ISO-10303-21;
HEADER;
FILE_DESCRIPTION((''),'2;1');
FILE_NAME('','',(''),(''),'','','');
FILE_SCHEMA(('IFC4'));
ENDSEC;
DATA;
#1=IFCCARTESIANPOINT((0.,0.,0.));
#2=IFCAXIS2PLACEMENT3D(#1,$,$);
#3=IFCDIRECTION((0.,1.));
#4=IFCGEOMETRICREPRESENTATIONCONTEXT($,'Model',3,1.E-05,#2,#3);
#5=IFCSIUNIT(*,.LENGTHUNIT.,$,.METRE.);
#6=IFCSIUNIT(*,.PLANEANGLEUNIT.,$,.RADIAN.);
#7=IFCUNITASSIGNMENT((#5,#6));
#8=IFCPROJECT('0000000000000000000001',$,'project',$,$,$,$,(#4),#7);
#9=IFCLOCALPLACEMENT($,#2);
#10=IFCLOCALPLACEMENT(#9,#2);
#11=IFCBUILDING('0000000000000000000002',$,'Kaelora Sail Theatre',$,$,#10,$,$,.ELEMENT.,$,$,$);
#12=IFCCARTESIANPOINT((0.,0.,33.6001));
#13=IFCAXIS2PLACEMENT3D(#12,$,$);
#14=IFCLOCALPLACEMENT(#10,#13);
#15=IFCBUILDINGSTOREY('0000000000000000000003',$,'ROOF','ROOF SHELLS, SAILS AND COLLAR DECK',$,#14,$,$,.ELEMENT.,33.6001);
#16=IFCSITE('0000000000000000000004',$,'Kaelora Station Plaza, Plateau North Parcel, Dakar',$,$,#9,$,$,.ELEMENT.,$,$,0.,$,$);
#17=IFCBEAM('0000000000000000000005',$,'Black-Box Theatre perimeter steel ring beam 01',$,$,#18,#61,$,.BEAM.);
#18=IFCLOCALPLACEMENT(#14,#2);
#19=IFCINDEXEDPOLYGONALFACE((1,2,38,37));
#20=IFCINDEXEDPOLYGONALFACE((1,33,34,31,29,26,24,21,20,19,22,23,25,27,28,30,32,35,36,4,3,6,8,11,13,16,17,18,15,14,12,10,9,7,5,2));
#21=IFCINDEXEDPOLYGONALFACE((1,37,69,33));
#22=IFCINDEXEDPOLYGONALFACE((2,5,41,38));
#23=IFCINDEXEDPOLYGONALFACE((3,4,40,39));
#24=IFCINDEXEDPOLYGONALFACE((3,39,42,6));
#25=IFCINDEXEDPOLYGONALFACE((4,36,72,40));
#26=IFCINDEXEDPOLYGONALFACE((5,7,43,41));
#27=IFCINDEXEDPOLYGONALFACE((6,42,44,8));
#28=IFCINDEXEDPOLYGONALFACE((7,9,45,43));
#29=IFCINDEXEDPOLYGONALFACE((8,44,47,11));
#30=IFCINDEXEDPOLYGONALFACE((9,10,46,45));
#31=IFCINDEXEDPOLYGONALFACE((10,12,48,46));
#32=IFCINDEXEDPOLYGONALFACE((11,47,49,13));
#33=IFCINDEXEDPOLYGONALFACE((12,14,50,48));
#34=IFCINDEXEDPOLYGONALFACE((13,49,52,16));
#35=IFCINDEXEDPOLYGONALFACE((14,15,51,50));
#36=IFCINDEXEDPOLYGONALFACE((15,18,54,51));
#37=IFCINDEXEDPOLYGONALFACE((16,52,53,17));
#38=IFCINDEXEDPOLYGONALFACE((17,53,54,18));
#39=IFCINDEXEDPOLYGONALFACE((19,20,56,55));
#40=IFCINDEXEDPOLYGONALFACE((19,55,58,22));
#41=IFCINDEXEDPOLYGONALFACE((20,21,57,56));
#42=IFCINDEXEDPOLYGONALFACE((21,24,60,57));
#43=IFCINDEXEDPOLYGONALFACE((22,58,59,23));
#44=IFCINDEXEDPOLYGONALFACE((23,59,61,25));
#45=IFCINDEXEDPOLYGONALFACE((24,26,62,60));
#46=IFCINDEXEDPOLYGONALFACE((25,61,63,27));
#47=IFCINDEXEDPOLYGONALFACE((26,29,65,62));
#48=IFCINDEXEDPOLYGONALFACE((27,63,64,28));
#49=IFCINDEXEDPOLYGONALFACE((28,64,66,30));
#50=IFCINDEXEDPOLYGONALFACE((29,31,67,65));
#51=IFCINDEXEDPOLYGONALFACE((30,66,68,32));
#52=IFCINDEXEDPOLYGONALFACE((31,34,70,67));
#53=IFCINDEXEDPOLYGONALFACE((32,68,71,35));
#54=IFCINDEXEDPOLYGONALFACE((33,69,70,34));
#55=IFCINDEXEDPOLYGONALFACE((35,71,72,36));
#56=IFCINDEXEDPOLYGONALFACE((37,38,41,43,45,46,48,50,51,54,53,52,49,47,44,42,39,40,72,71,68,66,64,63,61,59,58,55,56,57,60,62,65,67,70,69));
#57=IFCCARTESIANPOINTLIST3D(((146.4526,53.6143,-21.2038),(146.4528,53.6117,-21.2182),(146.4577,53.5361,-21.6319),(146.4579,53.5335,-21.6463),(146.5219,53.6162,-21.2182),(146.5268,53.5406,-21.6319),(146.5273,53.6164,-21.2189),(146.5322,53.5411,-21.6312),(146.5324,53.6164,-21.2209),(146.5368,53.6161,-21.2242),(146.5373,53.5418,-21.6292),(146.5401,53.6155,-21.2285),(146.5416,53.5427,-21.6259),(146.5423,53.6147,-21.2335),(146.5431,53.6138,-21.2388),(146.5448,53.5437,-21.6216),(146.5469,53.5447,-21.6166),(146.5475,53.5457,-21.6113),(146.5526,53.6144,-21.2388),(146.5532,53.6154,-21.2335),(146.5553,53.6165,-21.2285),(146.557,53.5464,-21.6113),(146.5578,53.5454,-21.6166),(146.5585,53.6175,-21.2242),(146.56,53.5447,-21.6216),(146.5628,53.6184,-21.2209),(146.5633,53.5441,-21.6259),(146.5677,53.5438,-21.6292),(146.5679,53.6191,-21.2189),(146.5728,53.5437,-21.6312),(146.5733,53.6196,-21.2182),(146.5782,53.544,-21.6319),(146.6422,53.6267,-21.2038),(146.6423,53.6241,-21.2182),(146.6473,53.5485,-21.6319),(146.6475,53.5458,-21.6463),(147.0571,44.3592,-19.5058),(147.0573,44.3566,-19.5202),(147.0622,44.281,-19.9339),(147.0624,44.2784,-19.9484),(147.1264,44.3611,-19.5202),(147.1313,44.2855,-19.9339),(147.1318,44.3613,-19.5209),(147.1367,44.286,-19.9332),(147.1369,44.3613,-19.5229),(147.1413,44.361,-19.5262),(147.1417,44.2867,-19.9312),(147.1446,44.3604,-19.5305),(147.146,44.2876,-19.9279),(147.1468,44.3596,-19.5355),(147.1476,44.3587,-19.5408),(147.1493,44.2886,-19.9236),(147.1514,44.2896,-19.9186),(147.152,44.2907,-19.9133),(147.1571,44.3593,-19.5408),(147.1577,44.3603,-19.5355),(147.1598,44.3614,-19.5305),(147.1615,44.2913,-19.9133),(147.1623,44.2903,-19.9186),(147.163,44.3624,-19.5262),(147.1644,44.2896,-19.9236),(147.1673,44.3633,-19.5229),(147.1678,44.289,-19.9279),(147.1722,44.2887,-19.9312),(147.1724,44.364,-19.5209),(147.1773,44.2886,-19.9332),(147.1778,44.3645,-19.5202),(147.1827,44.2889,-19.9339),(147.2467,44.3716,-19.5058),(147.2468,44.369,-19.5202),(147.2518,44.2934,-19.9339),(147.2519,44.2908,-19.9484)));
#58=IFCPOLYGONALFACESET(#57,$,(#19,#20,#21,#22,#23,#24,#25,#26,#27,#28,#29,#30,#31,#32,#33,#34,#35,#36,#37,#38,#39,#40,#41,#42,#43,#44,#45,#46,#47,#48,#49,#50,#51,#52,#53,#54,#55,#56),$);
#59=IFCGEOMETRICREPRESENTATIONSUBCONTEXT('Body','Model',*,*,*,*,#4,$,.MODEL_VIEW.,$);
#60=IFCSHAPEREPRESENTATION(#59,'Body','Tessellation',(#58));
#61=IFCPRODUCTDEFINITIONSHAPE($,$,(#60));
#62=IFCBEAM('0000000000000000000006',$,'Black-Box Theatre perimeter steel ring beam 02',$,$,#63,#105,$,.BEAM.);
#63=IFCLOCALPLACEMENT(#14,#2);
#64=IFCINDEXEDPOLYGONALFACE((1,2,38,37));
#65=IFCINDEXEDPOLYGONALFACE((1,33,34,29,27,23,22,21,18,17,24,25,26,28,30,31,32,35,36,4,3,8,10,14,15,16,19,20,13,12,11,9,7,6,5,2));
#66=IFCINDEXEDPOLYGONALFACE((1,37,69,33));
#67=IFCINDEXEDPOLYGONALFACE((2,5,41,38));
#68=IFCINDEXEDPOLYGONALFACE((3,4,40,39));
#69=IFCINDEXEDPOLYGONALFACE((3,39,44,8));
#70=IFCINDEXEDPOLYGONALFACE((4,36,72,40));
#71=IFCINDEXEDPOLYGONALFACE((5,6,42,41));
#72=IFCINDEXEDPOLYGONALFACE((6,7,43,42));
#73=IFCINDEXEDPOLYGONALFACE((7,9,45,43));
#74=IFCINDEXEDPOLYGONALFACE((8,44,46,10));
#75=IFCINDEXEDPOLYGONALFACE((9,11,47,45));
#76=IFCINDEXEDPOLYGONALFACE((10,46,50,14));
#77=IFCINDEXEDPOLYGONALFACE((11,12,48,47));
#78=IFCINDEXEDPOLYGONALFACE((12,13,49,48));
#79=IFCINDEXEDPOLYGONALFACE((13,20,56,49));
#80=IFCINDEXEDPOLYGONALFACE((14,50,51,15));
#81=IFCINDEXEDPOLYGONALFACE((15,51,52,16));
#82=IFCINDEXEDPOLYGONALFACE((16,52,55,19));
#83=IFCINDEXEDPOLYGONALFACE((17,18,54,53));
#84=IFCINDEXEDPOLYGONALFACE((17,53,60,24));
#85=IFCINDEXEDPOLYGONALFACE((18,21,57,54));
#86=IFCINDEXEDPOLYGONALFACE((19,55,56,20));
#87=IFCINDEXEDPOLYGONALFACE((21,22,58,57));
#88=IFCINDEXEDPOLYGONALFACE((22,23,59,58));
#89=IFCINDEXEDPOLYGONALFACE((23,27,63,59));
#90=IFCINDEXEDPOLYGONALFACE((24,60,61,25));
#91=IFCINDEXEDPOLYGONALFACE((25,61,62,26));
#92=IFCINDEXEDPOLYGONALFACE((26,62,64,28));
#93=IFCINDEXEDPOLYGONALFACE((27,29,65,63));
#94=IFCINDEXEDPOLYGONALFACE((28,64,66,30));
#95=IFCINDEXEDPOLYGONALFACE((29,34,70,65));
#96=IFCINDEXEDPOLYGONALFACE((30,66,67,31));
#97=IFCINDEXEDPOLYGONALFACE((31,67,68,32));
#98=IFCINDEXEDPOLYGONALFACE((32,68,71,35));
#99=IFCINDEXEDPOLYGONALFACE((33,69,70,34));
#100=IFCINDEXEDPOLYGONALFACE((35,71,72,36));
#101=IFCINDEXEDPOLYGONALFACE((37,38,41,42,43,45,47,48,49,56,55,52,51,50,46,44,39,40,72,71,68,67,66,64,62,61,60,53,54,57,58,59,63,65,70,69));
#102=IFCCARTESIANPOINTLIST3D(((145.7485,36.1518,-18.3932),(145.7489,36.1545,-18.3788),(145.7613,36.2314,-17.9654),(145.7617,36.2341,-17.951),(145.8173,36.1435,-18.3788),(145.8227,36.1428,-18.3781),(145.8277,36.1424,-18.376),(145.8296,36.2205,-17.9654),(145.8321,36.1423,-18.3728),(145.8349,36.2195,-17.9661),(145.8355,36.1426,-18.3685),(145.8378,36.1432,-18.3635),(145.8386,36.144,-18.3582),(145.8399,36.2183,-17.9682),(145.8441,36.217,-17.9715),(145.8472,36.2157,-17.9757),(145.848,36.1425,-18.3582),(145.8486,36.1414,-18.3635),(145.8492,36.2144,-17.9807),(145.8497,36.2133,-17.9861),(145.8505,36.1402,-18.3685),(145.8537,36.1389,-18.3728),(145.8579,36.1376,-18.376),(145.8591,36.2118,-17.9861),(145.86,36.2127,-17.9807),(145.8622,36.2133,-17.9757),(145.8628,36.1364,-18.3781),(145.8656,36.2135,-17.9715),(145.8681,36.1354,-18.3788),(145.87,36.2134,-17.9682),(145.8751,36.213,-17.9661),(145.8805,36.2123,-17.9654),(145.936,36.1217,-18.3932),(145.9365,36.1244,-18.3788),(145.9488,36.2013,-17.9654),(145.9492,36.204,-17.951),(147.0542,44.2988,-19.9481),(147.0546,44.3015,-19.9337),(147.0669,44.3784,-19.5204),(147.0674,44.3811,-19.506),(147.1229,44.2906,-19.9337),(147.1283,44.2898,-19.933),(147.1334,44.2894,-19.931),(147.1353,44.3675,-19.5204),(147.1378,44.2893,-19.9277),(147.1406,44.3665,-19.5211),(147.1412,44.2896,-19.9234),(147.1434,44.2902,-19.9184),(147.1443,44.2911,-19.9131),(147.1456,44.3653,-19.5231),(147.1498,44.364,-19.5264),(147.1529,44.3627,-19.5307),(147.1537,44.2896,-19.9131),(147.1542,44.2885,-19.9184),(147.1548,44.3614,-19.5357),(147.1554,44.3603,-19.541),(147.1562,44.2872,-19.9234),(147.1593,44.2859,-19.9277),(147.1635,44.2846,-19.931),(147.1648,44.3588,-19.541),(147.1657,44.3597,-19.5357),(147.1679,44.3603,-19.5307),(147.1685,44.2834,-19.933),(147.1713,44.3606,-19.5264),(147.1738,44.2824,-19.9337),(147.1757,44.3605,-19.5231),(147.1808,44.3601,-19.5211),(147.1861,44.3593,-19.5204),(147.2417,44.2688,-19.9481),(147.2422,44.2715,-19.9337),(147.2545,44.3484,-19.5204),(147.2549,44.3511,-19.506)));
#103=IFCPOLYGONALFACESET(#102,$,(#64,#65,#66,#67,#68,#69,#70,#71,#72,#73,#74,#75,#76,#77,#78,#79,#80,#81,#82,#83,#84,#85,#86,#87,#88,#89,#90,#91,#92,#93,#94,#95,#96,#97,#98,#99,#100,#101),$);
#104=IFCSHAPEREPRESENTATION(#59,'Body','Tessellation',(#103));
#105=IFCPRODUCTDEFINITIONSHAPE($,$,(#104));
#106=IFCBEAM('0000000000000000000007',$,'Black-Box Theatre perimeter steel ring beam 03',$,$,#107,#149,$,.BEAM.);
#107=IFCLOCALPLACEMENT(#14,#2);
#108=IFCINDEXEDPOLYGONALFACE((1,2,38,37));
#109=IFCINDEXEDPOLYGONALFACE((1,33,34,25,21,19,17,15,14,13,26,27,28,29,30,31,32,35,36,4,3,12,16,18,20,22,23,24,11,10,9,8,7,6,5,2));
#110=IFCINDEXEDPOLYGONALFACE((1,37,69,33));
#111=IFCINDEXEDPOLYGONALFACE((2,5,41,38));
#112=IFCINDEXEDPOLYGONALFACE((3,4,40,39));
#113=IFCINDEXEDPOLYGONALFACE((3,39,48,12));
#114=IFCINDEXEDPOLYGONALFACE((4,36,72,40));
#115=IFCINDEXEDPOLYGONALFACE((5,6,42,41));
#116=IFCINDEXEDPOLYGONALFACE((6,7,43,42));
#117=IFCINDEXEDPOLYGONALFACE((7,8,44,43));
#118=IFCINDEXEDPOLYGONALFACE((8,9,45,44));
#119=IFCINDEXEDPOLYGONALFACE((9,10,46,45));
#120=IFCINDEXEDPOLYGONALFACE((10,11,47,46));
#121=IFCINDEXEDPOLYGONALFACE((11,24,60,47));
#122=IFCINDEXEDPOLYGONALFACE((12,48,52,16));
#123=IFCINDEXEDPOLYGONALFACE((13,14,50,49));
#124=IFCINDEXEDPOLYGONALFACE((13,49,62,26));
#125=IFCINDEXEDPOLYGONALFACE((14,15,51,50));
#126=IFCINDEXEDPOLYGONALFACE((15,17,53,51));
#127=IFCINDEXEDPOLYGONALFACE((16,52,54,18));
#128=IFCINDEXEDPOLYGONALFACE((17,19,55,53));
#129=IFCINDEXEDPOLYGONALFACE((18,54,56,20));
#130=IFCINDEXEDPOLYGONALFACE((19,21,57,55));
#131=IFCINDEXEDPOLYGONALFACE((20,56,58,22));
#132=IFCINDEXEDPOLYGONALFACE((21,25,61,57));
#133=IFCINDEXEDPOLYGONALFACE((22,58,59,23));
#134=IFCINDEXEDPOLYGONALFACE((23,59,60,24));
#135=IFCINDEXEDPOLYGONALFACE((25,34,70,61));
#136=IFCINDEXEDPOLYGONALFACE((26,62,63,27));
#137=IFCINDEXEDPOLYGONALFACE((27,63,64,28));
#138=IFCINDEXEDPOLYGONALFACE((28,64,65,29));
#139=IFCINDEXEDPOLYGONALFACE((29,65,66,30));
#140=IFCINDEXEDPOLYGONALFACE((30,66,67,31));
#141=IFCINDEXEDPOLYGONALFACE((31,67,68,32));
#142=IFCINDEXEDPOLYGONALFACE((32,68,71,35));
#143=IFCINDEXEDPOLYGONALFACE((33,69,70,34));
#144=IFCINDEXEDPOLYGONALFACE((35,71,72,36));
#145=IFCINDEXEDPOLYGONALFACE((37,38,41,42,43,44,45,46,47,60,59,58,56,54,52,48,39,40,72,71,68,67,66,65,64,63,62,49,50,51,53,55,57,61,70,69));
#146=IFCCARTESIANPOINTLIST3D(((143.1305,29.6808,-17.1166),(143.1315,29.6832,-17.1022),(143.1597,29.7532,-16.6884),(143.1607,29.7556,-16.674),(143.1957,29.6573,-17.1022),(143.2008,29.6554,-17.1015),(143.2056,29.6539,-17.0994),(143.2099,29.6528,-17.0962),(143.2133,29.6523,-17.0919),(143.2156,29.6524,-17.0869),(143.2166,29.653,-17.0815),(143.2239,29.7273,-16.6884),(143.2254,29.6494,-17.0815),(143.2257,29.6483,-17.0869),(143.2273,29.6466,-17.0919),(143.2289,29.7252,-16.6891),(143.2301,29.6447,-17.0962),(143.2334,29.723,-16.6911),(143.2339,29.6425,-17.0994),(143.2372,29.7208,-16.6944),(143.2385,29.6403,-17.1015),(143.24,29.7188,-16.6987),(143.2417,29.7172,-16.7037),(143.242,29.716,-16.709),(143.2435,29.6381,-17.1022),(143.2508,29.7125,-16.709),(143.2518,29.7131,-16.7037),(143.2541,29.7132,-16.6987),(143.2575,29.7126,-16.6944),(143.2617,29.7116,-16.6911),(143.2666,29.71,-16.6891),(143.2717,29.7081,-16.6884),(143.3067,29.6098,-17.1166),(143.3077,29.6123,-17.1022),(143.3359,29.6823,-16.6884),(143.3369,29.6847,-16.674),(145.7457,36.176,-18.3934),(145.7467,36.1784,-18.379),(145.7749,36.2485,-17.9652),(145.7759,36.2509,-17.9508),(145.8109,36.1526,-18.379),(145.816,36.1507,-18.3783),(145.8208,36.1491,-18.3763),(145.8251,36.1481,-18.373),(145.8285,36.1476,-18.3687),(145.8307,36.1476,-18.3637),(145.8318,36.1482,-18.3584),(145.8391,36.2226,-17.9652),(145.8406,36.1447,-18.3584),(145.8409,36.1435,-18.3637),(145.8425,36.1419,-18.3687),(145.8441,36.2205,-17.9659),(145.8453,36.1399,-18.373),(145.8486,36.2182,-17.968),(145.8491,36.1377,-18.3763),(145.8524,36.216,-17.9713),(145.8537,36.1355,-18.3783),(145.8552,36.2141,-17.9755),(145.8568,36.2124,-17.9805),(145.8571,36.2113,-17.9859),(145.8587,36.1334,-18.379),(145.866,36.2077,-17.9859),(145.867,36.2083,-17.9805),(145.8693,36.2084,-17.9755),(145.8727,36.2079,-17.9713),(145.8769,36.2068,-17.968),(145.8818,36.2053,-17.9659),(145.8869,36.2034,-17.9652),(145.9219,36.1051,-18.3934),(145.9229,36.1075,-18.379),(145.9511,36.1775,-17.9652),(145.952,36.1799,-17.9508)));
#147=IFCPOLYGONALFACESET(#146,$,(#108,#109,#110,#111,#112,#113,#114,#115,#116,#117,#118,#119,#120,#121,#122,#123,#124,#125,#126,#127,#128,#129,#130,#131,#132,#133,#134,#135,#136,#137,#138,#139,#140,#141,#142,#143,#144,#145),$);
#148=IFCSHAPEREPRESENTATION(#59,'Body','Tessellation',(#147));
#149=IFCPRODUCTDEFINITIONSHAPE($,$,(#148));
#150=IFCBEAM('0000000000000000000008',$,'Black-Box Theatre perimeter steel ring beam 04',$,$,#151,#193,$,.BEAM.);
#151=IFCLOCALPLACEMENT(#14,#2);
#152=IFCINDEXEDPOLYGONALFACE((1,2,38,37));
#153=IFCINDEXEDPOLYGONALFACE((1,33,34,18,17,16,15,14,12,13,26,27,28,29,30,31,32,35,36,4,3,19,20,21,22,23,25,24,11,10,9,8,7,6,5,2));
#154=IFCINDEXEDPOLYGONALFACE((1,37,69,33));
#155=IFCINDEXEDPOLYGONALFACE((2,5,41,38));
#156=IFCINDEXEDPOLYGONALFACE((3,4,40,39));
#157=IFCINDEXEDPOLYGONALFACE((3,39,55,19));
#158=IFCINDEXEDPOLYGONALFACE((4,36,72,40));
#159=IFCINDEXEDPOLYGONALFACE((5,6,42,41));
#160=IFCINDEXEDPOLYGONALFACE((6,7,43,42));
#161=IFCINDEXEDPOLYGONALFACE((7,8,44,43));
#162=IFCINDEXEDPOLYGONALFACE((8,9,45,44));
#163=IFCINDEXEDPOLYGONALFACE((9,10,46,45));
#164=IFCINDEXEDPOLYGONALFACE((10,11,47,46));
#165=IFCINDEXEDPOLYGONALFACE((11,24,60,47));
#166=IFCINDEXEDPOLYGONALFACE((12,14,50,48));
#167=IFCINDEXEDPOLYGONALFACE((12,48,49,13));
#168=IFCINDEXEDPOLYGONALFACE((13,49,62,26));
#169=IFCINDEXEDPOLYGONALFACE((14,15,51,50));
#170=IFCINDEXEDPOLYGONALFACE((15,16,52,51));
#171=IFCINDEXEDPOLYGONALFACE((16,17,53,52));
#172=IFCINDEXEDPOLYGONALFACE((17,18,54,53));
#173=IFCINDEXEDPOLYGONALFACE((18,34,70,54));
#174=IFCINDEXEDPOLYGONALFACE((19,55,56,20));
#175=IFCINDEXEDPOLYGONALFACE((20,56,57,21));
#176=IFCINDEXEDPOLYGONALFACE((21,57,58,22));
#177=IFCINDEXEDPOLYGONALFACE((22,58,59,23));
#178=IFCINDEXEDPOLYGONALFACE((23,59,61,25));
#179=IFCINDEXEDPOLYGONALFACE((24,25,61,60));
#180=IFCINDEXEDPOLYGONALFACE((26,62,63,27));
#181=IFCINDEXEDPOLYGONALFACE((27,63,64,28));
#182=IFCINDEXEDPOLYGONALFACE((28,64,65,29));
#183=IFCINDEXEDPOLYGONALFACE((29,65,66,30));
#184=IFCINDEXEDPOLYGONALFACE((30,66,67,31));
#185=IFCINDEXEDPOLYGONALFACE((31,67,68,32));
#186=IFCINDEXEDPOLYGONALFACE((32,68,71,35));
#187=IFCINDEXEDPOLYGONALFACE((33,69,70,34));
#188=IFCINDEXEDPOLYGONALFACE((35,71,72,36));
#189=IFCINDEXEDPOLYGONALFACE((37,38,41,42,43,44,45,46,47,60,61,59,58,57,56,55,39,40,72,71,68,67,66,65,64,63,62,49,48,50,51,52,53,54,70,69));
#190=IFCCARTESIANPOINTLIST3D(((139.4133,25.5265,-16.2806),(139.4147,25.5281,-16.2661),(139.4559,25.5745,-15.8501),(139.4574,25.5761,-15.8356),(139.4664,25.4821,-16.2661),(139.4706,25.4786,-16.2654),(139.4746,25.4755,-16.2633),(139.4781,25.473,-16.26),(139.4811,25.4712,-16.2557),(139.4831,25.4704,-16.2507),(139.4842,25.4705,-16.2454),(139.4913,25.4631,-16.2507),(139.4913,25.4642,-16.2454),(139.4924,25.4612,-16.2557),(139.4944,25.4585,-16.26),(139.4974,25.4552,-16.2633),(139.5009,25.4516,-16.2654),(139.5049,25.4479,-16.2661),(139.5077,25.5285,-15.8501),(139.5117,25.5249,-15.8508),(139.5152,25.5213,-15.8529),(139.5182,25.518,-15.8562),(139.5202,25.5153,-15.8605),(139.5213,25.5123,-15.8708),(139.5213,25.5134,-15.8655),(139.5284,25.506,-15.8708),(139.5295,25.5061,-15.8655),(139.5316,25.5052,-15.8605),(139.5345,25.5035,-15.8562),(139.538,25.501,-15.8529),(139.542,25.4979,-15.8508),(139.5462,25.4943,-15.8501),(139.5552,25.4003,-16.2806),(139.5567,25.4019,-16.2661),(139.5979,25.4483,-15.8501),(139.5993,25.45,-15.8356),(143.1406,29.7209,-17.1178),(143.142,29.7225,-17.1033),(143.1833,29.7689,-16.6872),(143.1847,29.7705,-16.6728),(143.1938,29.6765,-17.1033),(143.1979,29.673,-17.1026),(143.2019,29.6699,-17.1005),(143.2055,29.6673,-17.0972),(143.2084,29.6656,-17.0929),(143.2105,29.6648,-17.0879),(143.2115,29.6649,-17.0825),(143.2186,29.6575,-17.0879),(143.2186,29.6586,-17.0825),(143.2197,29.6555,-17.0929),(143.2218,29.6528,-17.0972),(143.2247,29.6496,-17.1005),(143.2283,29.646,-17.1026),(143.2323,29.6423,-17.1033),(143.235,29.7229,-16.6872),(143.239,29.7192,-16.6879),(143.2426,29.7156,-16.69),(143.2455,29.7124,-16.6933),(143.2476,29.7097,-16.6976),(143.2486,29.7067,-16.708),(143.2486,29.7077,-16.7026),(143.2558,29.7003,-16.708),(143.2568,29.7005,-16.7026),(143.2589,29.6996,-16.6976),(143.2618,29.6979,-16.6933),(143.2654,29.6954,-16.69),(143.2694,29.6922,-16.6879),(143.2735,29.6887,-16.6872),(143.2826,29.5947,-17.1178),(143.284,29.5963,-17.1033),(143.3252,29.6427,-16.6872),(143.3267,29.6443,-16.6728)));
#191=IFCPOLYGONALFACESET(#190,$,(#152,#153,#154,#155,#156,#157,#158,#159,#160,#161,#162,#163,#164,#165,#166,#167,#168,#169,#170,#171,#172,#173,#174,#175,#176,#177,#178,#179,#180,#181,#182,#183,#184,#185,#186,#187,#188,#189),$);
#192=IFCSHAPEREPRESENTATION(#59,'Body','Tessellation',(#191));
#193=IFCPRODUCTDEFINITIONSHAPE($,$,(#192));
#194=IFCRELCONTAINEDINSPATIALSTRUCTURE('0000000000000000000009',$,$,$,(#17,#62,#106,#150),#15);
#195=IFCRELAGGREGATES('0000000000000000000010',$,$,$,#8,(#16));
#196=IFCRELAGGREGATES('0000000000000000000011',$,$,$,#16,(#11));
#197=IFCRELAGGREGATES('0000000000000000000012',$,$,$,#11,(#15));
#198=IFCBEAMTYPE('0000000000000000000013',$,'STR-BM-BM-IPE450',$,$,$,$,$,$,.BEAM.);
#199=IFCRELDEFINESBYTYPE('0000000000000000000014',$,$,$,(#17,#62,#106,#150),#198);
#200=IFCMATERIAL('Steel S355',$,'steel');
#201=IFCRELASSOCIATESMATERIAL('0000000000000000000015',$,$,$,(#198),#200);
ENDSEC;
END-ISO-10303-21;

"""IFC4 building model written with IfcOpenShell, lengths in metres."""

from ifc_helpers import new_model, si_unit, direction, frame, origin, origin_2d, place, context, subcontext, project, spatial, i_section, extrude, material, material_profile, profile_set, type_object, element, save


model = new_model("IFC4")

# Units and contexts
model_context = context("Model", 3, precision=1e-05, world=origin(), true_north=direction((0.0, 1.0)))
body_context = subcontext(model_context, "Body", "Model", "MODEL_VIEW")
ifc_project = project(units=[si_unit("LENGTHUNIT", "METRE"), si_unit("PLANEANGLEUNIT", "RADIAN")], contexts=[model_context])

# Site, building, storey
site_placement = place(None, origin())
site = spatial("IfcSite", under=ifc_project, at=site_placement, Name="Kaelora Station Plaza, Plateau North Parcel, Dakar", CompositionType="ELEMENT", RefElevation=0.0)
building_placement = place(site_placement, origin())
building = spatial("IfcBuilding", under=site, at=building_placement, Name="Kaelora Sail Theatre", CompositionType="ELEMENT")
storey_placement = place(building_placement, frame((0.0, 0.0, 33.6001)))
storey = spatial("IfcBuildingStorey", under=building, at=storey_placement, Name="ROOF", Description="ROOF SHELLS, SAILS AND COLLAR DECK", CompositionType="ELEMENT", Elevation=33.6001)

# Beams
ifc_material_1 = material(Name="Steel S355", Category="steel")
ifc_material_profile_1 = material_profile(ifc_material_1, i_section(OverallWidth=0.1899, OverallDepth=0.45, WebThickness=0.0095, FlangeThickness=0.0146, FilletRadius=0.021, at=origin_2d()), Name="IPE 450")
ifc_profile_set_1 = profile_set([ifc_material_profile_1], Name="Steel S355")
beam_type_1 = type_object("IfcBeamType", Name="STR-BM-BM-IPE450", PredefinedType="BEAM", material=ifc_profile_set_1)
beam_1_placement = place(storey_placement, frame((146.55, 53.5801, -21.425), z_axis=(0.06411, -0.98156, 0.180083), x_axis=(0.997874, 0.065175, 0.0)))
element("IfcBeam", 1, at=beam_1_placement, inside=storey, type_object=beam_type_1, Name="Black-Box Theatre perimeter steel ring beam 01", PredefinedType="BEAM", context=body_context, shape_type="SweptSolid", body=[
    extrude(i_section(OverallWidth=0.1899, OverallDepth=0.45, WebThickness=0.0095, FlangeThickness=0.0146, FilletRadius=0.021, at=origin_2d()), origin(), (0.0, 0.0, 1.0), 9.429),
])
beam_2_placement = place(storey_placement, frame((147.1545, 44.325, -19.7271), z_axis=(-0.155507, -0.97032, 0.185195), x_axis=(0.9874, -0.158244, 0.0)))
element("IfcBeam", 2, at=beam_2_placement, inside=storey, type_object=beam_type_1, Name="Black-Box Theatre perimeter steel ring beam 02", PredefinedType="BEAM", context=body_context, shape_type="SweptSolid", body=[
    extrude(i_section(OverallWidth=0.1899, OverallDepth=0.45, WebThickness=0.0095, FlangeThickness=0.0146, FilletRadius=0.021, at=origin_2d()), origin(), (0.0, 0.0, 1.0), 8.3962),
])
beam_3_placement = place(storey_placement, frame((145.8489, 36.178, -18.1721), z_axis=(-0.367435, -0.912584, 0.179395), x_axis=(0.927633, -0.373494, 0.0)))
element("IfcBeam", 3, at=beam_3_placement, inside=storey, type_object=beam_type_1, Name="Black-Box Theatre perimeter steel ring beam 03", PredefinedType="BEAM", context=body_context, shape_type="SweptSolid", body=[
    extrude(i_section(OverallWidth=0.1899, OverallDepth=0.45, WebThickness=0.0095, FlangeThickness=0.0146, FilletRadius=0.021, at=origin_2d()), origin(), (0.0, 0.0, 1.0), 7.1174),
])
beam_4_placement = place(storey_placement, frame((143.2336, 29.6826, -16.8953), z_axis=(-0.656992, -0.739315, 0.147562), x_axis=(0.747498, -0.664264, 0.0)))
element("IfcBeam", 4, at=beam_4_placement, inside=storey, type_object=beam_type_1, Name="Black-Box Theatre perimeter steel ring beam 04", PredefinedType="BEAM", context=body_context, shape_type="SweptSolid", body=[
    extrude(i_section(OverallWidth=0.1899, OverallDepth=0.45, WebThickness=0.0095, FlangeThickness=0.0146, FilletRadius=0.021, at=origin_2d()), origin(), (0.0, 0.0, 1.0), 5.6733),
])

save(model, "model.ifc")
